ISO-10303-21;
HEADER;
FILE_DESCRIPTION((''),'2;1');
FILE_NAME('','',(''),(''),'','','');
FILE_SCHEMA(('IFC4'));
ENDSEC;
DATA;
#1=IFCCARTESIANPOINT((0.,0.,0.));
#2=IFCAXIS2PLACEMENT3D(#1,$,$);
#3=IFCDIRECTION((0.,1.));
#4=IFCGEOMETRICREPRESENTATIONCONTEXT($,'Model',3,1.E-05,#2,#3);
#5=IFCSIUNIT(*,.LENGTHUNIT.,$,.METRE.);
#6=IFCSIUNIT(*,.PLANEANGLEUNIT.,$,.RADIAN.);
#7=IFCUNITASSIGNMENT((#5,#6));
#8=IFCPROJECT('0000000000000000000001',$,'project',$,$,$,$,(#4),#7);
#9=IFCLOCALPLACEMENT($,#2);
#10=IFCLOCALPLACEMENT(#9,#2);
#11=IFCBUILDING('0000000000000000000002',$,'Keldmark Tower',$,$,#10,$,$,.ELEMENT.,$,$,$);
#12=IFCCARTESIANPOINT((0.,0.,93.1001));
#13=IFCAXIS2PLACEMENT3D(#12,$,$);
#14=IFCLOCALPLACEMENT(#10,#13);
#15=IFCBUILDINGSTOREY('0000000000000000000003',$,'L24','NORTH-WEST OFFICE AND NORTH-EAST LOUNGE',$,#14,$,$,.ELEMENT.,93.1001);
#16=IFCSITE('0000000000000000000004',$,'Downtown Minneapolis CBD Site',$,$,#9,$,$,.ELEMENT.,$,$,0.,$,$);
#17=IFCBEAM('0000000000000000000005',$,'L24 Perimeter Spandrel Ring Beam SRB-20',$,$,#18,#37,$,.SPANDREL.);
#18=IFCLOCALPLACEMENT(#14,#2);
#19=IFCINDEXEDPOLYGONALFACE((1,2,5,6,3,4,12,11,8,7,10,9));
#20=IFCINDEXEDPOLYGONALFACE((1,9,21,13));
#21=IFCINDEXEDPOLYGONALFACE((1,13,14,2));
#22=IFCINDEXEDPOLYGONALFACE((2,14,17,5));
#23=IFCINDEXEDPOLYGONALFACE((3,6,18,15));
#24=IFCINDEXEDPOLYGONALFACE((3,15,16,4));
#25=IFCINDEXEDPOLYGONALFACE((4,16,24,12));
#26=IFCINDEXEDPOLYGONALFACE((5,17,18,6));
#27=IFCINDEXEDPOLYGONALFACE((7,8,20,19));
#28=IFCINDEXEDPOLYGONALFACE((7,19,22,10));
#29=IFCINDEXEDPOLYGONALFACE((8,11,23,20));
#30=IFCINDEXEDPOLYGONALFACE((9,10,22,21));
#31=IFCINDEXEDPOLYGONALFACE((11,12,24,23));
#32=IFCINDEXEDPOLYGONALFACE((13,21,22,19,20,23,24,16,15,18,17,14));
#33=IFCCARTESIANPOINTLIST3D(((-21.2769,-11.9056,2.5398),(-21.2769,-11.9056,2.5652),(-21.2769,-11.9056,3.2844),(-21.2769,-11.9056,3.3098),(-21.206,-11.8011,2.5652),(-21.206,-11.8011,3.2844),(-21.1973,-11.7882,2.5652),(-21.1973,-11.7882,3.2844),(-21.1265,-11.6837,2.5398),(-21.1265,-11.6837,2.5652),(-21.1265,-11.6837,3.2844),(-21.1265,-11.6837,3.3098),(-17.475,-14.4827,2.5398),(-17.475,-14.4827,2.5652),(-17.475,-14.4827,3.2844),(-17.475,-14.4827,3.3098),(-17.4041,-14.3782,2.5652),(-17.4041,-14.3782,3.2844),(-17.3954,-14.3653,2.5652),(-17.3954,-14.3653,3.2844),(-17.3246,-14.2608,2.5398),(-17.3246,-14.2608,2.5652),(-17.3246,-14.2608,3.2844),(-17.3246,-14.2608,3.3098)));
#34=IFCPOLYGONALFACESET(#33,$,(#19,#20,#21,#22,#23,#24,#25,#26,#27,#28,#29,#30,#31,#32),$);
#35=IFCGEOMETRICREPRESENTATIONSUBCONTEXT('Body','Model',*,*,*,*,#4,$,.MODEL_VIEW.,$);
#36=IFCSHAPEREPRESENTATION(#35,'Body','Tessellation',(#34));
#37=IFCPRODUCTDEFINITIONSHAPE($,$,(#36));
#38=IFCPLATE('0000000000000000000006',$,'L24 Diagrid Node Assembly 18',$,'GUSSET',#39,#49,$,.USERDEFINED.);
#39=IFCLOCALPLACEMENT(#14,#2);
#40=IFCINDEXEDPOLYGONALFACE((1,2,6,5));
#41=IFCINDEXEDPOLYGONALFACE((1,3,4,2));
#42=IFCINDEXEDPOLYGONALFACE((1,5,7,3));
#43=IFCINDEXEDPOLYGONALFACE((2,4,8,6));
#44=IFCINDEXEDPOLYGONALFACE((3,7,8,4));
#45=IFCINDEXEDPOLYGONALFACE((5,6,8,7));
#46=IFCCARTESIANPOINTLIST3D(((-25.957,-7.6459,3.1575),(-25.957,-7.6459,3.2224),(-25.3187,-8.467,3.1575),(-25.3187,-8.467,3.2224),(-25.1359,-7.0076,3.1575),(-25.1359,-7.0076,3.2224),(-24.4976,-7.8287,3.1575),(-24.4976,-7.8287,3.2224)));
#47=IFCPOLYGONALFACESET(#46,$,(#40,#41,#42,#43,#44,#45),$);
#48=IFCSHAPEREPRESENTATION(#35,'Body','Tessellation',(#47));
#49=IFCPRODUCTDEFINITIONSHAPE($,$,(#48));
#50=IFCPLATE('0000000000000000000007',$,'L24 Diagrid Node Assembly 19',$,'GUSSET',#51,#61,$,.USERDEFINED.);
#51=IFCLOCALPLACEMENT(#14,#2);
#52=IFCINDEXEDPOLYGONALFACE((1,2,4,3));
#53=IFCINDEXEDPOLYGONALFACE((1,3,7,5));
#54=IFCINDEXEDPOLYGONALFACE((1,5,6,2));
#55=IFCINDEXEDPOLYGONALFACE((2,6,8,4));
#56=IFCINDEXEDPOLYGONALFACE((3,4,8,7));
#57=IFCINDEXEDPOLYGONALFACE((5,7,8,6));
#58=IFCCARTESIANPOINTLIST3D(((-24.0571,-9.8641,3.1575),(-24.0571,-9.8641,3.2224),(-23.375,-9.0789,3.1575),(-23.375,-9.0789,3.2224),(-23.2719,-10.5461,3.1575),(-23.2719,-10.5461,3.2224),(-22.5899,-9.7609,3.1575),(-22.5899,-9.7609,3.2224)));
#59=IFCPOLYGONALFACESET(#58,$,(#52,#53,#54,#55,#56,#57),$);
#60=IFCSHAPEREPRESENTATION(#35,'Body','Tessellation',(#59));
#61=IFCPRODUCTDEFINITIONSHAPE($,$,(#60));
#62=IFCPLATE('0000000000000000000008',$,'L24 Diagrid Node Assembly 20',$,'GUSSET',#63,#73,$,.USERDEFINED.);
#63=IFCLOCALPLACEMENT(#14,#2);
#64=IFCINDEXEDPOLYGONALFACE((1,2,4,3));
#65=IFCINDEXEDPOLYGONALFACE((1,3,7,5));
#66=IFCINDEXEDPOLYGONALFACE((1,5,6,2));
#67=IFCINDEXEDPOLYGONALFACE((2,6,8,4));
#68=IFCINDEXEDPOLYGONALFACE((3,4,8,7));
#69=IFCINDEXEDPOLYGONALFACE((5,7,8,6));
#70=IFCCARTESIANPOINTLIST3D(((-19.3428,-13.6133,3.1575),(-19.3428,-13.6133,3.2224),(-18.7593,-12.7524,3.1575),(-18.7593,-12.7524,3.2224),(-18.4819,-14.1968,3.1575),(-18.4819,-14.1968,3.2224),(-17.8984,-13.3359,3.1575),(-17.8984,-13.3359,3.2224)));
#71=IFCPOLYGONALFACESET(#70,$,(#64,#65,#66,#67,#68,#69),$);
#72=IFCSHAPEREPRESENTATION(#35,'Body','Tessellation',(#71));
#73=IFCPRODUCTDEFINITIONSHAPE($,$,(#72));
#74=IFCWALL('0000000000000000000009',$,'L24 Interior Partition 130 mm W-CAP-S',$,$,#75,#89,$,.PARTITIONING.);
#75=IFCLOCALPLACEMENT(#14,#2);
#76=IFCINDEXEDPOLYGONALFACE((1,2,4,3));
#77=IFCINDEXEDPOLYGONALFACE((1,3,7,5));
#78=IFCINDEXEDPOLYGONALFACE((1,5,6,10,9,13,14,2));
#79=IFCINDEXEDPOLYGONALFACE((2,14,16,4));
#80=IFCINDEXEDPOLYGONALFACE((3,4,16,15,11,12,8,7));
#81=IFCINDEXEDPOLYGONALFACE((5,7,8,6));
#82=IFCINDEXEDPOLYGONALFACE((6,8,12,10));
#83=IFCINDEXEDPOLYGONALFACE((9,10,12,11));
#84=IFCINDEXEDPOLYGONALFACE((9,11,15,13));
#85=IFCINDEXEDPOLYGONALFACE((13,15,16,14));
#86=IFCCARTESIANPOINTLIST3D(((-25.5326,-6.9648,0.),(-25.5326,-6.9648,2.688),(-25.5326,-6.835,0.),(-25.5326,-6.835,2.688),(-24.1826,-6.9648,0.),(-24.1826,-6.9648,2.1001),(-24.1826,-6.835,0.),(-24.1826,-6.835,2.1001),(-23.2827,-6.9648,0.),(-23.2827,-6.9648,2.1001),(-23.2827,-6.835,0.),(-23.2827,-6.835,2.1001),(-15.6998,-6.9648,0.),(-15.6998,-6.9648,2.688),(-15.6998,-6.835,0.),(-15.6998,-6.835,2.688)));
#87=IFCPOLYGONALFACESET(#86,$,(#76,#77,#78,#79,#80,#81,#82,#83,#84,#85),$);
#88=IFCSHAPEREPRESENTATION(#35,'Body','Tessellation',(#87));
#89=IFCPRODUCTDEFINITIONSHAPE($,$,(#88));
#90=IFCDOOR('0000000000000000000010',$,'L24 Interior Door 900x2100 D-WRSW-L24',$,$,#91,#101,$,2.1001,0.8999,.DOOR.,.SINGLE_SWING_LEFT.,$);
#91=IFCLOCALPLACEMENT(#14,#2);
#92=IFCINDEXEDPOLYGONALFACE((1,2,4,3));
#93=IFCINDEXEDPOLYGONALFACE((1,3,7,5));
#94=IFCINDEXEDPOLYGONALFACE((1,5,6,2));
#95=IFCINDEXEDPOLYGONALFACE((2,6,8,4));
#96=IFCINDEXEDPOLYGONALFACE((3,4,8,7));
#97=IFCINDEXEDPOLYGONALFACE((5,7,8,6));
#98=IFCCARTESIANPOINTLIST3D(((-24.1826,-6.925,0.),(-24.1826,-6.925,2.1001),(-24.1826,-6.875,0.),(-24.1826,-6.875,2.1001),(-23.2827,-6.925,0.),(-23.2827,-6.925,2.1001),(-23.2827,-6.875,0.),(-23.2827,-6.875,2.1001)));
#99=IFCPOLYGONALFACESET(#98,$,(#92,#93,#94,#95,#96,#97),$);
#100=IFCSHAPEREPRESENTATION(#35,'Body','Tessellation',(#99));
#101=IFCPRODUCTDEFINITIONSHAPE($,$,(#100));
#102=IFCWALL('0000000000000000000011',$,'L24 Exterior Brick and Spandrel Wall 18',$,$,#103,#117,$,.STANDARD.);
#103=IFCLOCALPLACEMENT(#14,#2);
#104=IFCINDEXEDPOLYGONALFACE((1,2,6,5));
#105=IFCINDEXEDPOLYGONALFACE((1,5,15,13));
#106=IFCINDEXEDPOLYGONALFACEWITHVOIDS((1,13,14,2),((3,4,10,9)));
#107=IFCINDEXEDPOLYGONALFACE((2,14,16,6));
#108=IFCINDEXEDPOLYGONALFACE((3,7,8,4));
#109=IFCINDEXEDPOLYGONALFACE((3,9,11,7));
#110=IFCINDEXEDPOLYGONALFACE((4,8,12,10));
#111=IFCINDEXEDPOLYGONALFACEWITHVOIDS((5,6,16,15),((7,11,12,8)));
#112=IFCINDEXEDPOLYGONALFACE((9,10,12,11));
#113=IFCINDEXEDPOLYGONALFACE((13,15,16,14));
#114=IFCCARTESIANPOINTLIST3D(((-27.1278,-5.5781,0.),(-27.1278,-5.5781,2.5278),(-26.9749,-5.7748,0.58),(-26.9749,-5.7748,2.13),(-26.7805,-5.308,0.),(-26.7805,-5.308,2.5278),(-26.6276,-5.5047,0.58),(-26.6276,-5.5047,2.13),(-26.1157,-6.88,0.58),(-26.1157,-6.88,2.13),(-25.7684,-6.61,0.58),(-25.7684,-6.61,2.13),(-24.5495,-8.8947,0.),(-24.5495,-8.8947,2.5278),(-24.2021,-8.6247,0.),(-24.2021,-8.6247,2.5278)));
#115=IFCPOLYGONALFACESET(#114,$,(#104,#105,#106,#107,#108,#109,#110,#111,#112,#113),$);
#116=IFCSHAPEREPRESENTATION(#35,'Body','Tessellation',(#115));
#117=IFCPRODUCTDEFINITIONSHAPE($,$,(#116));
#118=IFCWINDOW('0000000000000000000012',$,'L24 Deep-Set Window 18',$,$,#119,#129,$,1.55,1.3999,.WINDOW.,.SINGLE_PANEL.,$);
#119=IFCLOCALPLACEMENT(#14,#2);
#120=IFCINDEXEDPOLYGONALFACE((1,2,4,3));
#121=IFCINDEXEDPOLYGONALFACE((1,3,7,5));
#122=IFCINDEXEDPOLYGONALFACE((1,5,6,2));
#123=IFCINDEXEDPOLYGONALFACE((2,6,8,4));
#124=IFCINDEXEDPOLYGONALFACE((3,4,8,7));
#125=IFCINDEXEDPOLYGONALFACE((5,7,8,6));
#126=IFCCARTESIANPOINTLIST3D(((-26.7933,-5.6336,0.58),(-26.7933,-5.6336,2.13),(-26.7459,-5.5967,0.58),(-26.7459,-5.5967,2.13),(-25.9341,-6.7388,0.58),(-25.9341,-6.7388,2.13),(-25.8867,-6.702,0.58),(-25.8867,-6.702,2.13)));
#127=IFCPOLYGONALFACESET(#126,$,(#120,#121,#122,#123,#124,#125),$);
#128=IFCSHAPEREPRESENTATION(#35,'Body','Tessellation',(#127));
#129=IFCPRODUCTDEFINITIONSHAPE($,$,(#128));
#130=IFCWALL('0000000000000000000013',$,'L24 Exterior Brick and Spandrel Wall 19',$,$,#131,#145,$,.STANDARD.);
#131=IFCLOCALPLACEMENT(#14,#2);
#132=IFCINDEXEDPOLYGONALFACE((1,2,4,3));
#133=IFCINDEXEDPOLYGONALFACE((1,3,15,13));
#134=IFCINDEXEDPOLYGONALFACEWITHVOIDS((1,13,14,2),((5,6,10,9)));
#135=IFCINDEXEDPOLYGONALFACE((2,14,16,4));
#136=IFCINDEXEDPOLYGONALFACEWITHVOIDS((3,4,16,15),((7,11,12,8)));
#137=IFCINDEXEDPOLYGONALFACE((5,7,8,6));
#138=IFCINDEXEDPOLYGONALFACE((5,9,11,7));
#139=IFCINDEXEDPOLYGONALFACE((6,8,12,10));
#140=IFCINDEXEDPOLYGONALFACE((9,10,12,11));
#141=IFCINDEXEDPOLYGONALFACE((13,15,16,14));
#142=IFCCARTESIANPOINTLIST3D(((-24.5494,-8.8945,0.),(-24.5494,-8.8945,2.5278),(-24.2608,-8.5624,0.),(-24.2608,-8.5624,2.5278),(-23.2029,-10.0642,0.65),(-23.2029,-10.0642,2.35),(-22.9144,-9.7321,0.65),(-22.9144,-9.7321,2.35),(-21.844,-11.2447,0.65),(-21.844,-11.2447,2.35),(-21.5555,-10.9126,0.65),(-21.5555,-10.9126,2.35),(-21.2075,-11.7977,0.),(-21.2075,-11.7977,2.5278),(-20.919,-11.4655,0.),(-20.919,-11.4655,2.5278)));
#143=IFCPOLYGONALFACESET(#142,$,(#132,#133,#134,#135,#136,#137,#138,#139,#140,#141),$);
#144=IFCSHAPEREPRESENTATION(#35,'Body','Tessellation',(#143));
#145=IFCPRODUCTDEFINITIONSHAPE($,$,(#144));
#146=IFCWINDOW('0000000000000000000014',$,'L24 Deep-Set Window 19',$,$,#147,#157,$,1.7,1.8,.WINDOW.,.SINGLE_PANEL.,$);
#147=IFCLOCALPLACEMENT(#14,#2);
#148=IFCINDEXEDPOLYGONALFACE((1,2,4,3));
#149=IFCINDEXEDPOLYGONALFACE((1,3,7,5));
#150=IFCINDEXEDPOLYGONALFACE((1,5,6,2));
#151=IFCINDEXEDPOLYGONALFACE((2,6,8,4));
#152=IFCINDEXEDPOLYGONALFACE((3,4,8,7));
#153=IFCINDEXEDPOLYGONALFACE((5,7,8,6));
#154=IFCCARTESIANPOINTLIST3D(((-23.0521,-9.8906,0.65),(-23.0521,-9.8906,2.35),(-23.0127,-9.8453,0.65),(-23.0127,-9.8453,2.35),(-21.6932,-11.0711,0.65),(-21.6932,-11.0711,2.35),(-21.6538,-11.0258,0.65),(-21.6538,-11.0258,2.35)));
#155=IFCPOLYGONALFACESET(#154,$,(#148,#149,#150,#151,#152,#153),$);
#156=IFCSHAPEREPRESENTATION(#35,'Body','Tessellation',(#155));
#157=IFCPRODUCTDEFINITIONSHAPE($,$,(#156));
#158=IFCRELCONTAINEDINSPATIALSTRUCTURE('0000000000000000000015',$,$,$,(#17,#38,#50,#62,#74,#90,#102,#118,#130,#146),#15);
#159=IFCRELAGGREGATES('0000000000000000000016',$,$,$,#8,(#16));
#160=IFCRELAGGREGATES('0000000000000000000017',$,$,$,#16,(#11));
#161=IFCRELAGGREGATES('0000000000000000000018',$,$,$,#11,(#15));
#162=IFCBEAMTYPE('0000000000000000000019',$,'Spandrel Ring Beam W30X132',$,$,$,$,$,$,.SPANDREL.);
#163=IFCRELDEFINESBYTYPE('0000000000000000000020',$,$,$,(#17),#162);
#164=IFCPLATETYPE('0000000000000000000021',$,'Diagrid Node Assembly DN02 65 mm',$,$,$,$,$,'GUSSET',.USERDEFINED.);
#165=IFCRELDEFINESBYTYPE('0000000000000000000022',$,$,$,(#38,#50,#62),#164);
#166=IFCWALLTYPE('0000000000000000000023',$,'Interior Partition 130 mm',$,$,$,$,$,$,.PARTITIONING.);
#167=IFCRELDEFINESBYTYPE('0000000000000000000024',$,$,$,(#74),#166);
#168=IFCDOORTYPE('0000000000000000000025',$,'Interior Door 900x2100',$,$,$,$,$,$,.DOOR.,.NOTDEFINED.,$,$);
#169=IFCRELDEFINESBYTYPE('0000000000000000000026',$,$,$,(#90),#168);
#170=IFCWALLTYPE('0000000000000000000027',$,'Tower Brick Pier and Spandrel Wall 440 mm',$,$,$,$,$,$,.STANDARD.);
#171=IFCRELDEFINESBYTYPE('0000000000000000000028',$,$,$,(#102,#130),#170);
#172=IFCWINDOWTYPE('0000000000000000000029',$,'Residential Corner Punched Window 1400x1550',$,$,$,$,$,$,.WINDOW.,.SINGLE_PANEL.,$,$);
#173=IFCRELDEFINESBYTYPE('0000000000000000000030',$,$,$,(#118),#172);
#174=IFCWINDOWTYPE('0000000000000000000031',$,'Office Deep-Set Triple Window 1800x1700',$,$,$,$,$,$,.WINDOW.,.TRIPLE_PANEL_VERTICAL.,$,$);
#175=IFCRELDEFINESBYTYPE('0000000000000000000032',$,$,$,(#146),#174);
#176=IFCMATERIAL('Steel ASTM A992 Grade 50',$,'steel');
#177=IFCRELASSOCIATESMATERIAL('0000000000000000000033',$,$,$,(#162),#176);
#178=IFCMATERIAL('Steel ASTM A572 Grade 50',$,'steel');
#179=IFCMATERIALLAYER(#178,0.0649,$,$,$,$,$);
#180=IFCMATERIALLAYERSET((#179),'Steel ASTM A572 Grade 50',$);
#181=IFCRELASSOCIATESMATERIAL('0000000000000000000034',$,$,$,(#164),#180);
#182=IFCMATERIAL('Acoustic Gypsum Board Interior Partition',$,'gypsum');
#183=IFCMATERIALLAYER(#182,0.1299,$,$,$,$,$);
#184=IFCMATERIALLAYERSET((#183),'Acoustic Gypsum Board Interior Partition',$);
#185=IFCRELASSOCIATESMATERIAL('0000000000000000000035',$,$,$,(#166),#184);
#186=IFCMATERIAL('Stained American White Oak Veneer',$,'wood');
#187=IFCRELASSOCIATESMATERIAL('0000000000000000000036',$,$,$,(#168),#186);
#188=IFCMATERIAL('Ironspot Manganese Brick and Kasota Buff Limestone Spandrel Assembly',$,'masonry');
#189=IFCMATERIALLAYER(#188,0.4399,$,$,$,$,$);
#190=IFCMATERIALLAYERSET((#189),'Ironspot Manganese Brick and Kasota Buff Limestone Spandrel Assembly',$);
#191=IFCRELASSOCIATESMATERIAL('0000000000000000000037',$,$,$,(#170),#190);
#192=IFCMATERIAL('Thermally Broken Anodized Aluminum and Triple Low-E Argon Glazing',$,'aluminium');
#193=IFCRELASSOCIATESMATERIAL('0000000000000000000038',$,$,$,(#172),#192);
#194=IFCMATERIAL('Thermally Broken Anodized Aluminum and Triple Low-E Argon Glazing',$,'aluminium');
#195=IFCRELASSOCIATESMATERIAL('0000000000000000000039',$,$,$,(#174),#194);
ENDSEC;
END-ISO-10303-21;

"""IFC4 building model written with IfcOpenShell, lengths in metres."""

from ifc_helpers import new_model, si_unit, direction, frame, frame_2d, origin, origin_2d, place, context, subcontext, project, spatial, rectangle, i_section, extrude, material, layer, layer_set, material_profile, profile_set, type_object, element, fill, save


model = new_model("IFC4")

# Units and contexts
model_context = context("Model", 3, precision=1e-05, world=origin(), true_north=direction((0.0, 1.0)))
body_context = subcontext(model_context, "Body", "Model", "MODEL_VIEW")
ifc_project = project(units=[si_unit("LENGTHUNIT", "METRE"), si_unit("PLANEANGLEUNIT", "RADIAN")], contexts=[model_context])

# Site, building, storey
site_placement = place(None, origin())
site = spatial("IfcSite", under=ifc_project, at=site_placement, Name="Downtown Minneapolis CBD Site", CompositionType="ELEMENT", RefElevation=0.0)
building_placement = place(site_placement, origin())
building = spatial("IfcBuilding", under=site, at=building_placement, Name="Keldmark Tower", CompositionType="ELEMENT")
storey_placement = place(building_placement, frame((0.0, 0.0, 93.1001)))
storey = spatial("IfcBuildingStorey", under=building, at=storey_placement, Name="L24", Description="NORTH-WEST OFFICE AND NORTH-EAST LOUNGE", CompositionType="ELEMENT", Elevation=93.1001)

# Beam
ifc_material_1 = material(Name="Steel ASTM A992 Grade 50", Category="steel")
ifc_material_profile_1 = material_profile(ifc_material_1, i_section(OverallWidth=0.2681, OverallDepth=0.77, WebThickness=0.0156, FlangeThickness=0.0254, at=origin_2d()), Name="W30X132")
ifc_profile_set_1 = profile_set([ifc_material_profile_1], Name="Steel ASTM A992 Grade 50")
beam_type_1 = type_object("IfcBeamType", Name="Spandrel Ring Beam W30X132", PredefinedType="SPANDREL", material=ifc_profile_set_1)
beam_1_placement = place(storey_placement, frame((-21.2017, -11.7947, 2.9248), z_axis=(0.827757, -0.561087, 0.0), x_axis=(0.561087, 0.827757, 0.0)))
element("IfcBeam", 1, at=beam_1_placement, inside=storey, type_object=beam_type_1, Name="L24 Perimeter Spandrel Ring Beam SRB-20", PredefinedType="SPANDREL", context=body_context, shape_type="SweptSolid", body=[
    extrude(i_section(OverallWidth=0.2681, OverallDepth=0.77, WebThickness=0.0156, FlangeThickness=0.0254, at=origin_2d()), origin(), (0.0, 0.0, 1.0), 4.593),
])

# Plates
ifc_material_2 = material(Name="Steel ASTM A572 Grade 50", Category="steel")
ifc_layer_1 = layer(ifc_material_2, 0.0649)
ifc_layer_set_1 = layer_set([ifc_layer_1], Name="Steel ASTM A572 Grade 50")
plate_type = type_object("IfcPlateType", Name="Diagrid Node Assembly DN02 65 mm", ElementType="GUSSET", PredefinedType="USERDEFINED", material=ifc_layer_set_1)
for number, where, z_axis, x_axis, name in (
    (2, (-25.2273, -7.7373, 3.1575), (0.0, 0.0, 1.0), (0.613734, -0.789513, 0.0), "L24 Diagrid Node Assembly 18"),
    (3, (-23.3235, -9.8125, 3.1575), (0.0, 0.0, 1.0), (0.754939, -0.655796, 0.0), "L24 Diagrid Node Assembly 19"),
    (4, (-18.6206, -13.4746, 3.1575), (0.0, 0.0, 1.0), (0.827767, -0.561072, 0.0), "L24 Diagrid Node Assembly 20"),
):
    element("IfcPlate", number, at=place(storey_placement, frame(where, z_axis=z_axis, x_axis=x_axis)), inside=storey, type_object=plate_type, Name=name, ObjectType="GUSSET", PredefinedType="USERDEFINED", context=body_context, shape_type="SweptSolid", body=[
        extrude(rectangle(XDim=1.04, YDim=1.04, at=origin_2d()), origin(), (0.0, 0.0, 1.0), 0.0649),
    ])

# Wall, opening, door
ifc_material_3 = material(Name="Acoustic Gypsum Board Interior Partition", Category="gypsum")
ifc_layer_2 = layer(ifc_material_3, 0.1299)
ifc_layer_set_2 = layer_set([ifc_layer_2], Name="Acoustic Gypsum Board Interior Partition")
wall_type_1 = type_object("IfcWallType", Name="Interior Partition 130 mm", PredefinedType="PARTITIONING", material=ifc_layer_set_2)
wall_1_placement = place(storey_placement, frame((-25.5327, -6.8999, 0.0), z_axis=(0.0, 0.0, 1.0), x_axis=(1.0, 0.0, 0.0)))
wall_1 = element("IfcWall", 5, at=wall_1_placement, inside=storey, type_object=wall_type_1, Name="L24 Interior Partition 130 mm W-CAP-S", PredefinedType="PARTITIONING", context=body_context, shape_type="SweptSolid", body=[
    extrude(rectangle(XDim=9.8328, YDim=0.1299, at=frame_2d((4.9165, 0.0))), origin(), (0.0, 0.0, 1.0), 2.688),
])
opening_1_placement = place(wall_1_placement, frame((1.3501, 0.0, 0.0)))
opening_1 = element("IfcOpeningElement", 6, at=opening_1_placement, cuts=wall_1, PredefinedType="OPENING", context=body_context, shape_type="SweptSolid", body=[
    extrude(rectangle(XDim=0.8999, YDim=2.1001, at=frame_2d((0.45, 1.05))), frame((0.0, 0.075, 0.0), z_axis=(0.0, -1.0, 0.0), x_axis=(1.0, 0.0, 0.0)), (0.0, 0.0, 1.0), 0.1499),
])
ifc_material_4 = material(Name="Stained American White Oak Veneer", Category="wood")
door_type = type_object("IfcDoorType", Name="Interior Door 900x2100", OperationType="NOTDEFINED", PredefinedType="DOOR", material=ifc_material_4)
door_placement = place(opening_1_placement, origin())
door = element("IfcDoor", 7, at=door_placement, inside=storey, type_object=door_type, Name="L24 Interior Door 900x2100 D-WRSW-L24", OperationType="SINGLE_SWING_LEFT", OverallHeight=2.1001, OverallWidth=0.8999, PredefinedType="DOOR", context=body_context, shape_type="SweptSolid", body=[
    extrude(rectangle(XDim=0.8999, YDim=2.1001, at=frame_2d((0.45, 1.05))), frame((0.0, 0.0249, 0.0), z_axis=(0.0, -1.0, 0.0), x_axis=(1.0, 0.0, 0.0)), (0.0, 0.0, 1.0), 0.05),
])
fill(opening_1, door)

# Walls, openings, windows
ifc_material_5 = material(Name="Ironspot Manganese Brick and Kasota Buff Limestone Spandrel Assembly", Category="masonry")
ifc_layer_3 = layer(ifc_material_5, 0.4399)
ifc_layer_set_3 = layer_set([ifc_layer_3], Name="Ironspot Manganese Brick and Kasota Buff Limestone Spandrel Assembly")
wall_type_2 = type_object("IfcWallType", Name="Tower Brick Pier and Spandrel Wall 440 mm", PredefinedType="STANDARD", material=ifc_layer_set_3)
wall_2_placement = place(storey_placement, frame((-24.3757, -8.7598, 0.0), z_axis=(0.0, 0.0, 1.0), x_axis=(-0.613756, 0.789496, 0.0)))
wall_2 = element("IfcWall", 8, at=wall_2_placement, inside=storey, type_object=wall_type_2, Name="L24 Exterior Brick and Spandrel Wall 18", PredefinedType="STANDARD", context=body_context, shape_type="SweptSolid", body=[
    extrude(rectangle(XDim=4.2009, YDim=0.4399, at=frame_2d((2.1006, 0.0))), origin(), (0.0, 0.0, 1.0), 2.5278),
])
opening_2_placement = place(wall_2_placement, frame((2.552, 0.0, 0.5801)))
opening_2 = element("IfcOpeningElement", 9, at=opening_2_placement, cuts=wall_2, PredefinedType="OPENING", context=body_context, shape_type="SweptSolid", body=[
    extrude(rectangle(XDim=1.3999, YDim=1.55, at=frame_2d((0.7, 0.7749))), frame((0.0, 0.23, 0.0), z_axis=(0.0, -1.0, 0.0), x_axis=(1.0, 0.0, 0.0)), (0.0, 0.0, 1.0), 0.46),
])
ifc_material_6 = material(Name="Thermally Broken Anodized Aluminum and Triple Low-E Argon Glazing", Category="aluminium")
window_type_1 = type_object("IfcWindowType", Name="Residential Corner Punched Window 1400x1550", PartitioningType="SINGLE_PANEL", PredefinedType="WINDOW", material=ifc_material_6)
window_1_placement = place(opening_2_placement, origin())
window_1 = element("IfcWindow", 10, at=window_1_placement, inside=storey, type_object=window_type_1, Name="L24 Deep-Set Window 18", OverallHeight=1.55, OverallWidth=1.3999, PartitioningType="SINGLE_PANEL", PredefinedType="WINDOW", context=body_context, shape_type="SweptSolid", body=[
    extrude(rectangle(XDim=1.3999, YDim=1.55, at=frame_2d((0.7, 0.7749))), frame((0.0, -0.01, 0.0), z_axis=(0.0, -1.0, 0.0), x_axis=(1.0, 0.0, 0.0)), (0.0, 0.0, 1.0), 0.0601),
])
fill(opening_2, window_1)
wall_3_placement = place(storey_placement, frame((-21.0632, -11.6316, 0.0), z_axis=(0.0, 0.0, 1.0), x_axis=(-0.754922, 0.655814, 0.0)))
wall_3 = element("IfcWall", 11, at=wall_3_placement, inside=storey, type_object=wall_type_2, Name="L24 Exterior Brick and Spandrel Wall 19", PredefinedType="STANDARD", context=body_context, shape_type="SweptSolid", body=[
    extrude(rectangle(XDim=4.4268, YDim=0.4399, at=frame_2d((2.2134, 0.0))), origin(), (0.0, 0.0, 1.0), 2.5278),
])
opening_3_placement = place(wall_3_placement, frame((0.8433, 0.0, 0.6499)))
opening_3 = element("IfcOpeningElement", 12, at=opening_3_placement, cuts=wall_3, PredefinedType="OPENING", context=body_context, shape_type="SweptSolid", body=[
    extrude(rectangle(XDim=1.8, YDim=1.7, at=frame_2d((0.8999, 0.8501))), frame((0.0, 0.23, 0.0), z_axis=(0.0, -1.0, 0.0), x_axis=(1.0, 0.0, 0.0)), (0.0, 0.0, 1.0), 0.46),
])
ifc_material_7 = material(Name="Thermally Broken Anodized Aluminum and Triple Low-E Argon Glazing", Category="aluminium")
window_type_2 = type_object("IfcWindowType", Name="Office Deep-Set Triple Window 1800x1700", PartitioningType="TRIPLE_PANEL_VERTICAL", PredefinedType="WINDOW", material=ifc_material_7)
window_2_placement = place(opening_3_placement, origin())
window_2 = element("IfcWindow", 13, at=window_2_placement, inside=storey, type_object=window_type_2, Name="L24 Deep-Set Window 19", OverallHeight=1.7, OverallWidth=1.8, PartitioningType="SINGLE_PANEL", PredefinedType="WINDOW", context=body_context, shape_type="SweptSolid", body=[
    extrude(rectangle(XDim=1.8, YDim=1.7, at=frame_2d((0.8999, 0.8501))), frame((0.0, -0.01, 0.0), z_axis=(0.0, -1.0, 0.0), x_axis=(1.0, 0.0, 0.0)), (0.0, 0.0, 1.0), 0.0601),
])
fill(opening_3, window_2)

save(model, "model.ifc")
